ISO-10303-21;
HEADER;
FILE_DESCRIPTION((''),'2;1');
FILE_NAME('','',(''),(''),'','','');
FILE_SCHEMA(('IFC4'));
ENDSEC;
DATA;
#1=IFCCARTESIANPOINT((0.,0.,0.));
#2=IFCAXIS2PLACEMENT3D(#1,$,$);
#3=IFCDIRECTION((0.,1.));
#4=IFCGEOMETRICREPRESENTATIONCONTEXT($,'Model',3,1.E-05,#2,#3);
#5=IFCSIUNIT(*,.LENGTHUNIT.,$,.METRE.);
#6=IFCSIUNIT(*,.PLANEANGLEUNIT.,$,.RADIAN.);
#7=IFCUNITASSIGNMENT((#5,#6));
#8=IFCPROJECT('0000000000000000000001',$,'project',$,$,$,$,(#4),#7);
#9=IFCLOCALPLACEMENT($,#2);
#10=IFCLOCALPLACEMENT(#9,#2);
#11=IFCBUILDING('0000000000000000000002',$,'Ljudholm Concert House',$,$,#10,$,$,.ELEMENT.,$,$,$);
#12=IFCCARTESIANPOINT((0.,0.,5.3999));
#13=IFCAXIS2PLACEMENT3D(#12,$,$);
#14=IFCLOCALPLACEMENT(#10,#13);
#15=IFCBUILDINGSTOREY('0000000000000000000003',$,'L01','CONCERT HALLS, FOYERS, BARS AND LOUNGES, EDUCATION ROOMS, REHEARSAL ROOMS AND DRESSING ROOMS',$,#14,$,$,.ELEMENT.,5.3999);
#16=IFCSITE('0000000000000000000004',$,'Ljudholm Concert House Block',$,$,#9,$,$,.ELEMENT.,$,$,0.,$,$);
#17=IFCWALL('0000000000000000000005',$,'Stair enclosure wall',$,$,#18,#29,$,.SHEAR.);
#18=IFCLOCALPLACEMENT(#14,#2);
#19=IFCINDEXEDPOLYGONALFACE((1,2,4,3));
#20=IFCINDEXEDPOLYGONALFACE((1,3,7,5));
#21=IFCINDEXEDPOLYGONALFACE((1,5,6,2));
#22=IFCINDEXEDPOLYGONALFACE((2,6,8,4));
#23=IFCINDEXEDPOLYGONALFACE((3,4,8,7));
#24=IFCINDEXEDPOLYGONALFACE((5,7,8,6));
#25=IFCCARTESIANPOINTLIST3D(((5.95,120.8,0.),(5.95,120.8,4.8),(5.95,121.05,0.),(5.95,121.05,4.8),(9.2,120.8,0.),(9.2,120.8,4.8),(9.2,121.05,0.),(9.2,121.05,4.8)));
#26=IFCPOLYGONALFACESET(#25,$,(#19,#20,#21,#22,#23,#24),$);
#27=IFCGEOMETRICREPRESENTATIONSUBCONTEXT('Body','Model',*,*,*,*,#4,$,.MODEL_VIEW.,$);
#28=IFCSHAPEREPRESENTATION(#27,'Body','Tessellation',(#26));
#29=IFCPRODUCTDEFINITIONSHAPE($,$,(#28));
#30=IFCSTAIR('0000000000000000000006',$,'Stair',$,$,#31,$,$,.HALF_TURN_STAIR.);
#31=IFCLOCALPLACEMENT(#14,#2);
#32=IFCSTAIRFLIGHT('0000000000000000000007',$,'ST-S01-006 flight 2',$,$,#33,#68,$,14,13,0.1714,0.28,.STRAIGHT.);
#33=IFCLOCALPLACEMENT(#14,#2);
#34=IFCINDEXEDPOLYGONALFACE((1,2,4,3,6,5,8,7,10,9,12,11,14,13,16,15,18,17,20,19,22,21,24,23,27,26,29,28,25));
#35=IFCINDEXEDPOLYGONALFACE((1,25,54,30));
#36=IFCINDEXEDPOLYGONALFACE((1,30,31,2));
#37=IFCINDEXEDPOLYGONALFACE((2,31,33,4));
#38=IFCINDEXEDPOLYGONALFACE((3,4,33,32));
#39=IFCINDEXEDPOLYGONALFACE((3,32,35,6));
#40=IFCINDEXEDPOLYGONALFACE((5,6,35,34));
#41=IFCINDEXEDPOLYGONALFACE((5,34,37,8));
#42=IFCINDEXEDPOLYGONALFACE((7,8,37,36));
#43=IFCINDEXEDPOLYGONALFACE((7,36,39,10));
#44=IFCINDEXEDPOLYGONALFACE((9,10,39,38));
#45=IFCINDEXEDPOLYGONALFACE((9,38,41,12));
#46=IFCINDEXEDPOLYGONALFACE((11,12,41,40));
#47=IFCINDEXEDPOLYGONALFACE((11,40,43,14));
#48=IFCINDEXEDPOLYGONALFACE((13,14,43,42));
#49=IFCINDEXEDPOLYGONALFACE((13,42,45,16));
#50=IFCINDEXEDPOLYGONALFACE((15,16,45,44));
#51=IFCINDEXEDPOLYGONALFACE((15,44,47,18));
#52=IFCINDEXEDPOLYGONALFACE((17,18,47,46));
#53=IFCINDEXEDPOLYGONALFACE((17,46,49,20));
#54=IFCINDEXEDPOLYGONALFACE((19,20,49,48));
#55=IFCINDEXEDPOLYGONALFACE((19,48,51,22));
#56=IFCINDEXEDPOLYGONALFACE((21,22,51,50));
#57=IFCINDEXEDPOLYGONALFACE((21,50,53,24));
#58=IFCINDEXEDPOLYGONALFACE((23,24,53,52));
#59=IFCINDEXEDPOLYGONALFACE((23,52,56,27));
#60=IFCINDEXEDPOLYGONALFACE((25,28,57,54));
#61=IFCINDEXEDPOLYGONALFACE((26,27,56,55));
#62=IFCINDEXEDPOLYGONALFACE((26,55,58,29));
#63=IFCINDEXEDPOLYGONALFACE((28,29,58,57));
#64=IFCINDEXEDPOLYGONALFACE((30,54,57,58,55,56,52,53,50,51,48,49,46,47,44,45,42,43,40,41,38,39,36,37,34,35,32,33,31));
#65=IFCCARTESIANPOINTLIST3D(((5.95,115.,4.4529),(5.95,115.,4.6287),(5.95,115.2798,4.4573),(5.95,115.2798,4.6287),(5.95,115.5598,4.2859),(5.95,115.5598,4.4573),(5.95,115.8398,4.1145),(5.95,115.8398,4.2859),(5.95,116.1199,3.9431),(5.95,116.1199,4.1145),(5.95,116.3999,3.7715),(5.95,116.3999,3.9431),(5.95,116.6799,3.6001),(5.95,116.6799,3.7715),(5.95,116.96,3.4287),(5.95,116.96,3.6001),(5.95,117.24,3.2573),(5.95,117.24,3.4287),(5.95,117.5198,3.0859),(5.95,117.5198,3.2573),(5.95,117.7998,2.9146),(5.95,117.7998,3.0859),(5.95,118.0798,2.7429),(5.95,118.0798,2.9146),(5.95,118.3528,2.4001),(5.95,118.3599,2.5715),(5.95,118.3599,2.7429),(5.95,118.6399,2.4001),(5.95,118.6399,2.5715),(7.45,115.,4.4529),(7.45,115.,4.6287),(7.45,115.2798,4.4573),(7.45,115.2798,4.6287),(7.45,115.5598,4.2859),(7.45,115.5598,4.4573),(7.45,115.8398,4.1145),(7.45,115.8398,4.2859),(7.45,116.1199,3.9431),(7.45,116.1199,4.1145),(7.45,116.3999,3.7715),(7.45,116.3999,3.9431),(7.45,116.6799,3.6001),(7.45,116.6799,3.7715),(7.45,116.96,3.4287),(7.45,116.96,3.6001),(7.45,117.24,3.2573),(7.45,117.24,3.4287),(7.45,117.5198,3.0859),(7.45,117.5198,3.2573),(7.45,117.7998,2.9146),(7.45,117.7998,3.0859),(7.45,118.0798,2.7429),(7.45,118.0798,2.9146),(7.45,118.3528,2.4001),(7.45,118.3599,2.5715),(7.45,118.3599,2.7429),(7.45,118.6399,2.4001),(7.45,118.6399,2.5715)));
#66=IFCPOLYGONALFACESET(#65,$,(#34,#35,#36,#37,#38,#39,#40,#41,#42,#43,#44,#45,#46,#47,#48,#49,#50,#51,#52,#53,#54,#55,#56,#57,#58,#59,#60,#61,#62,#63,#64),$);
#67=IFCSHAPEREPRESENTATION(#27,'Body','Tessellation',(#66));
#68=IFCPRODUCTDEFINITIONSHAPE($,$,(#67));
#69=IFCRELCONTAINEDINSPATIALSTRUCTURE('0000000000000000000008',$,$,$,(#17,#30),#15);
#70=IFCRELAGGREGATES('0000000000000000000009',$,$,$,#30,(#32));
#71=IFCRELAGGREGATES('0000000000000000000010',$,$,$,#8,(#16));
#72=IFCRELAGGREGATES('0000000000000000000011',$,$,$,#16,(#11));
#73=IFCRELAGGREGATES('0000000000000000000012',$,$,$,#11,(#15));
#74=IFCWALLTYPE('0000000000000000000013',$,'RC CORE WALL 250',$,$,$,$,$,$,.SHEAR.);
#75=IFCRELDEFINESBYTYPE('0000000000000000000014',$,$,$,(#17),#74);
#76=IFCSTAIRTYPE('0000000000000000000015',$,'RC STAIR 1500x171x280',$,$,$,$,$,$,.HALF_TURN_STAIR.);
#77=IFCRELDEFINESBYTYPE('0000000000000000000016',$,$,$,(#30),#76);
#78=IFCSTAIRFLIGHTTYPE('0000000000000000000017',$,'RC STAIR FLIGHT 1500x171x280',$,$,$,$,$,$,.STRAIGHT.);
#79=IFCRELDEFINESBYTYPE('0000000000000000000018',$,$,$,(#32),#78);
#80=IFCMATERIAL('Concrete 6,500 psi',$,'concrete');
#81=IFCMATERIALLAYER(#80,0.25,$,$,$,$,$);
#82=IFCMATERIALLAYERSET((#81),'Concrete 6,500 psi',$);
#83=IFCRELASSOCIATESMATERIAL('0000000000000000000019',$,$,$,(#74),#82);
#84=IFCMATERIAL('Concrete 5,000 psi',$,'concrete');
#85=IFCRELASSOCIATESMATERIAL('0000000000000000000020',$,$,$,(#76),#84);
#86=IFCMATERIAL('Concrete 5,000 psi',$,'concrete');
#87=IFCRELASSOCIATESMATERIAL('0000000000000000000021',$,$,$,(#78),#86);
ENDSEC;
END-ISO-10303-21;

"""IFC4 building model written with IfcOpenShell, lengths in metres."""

from ifc_helpers import new_model, si_unit, direction, frame, frame_2d, origin, place, context, subcontext, project, spatial, polyline, rectangle, outline, extrude, material, layer, layer_set, type_object, element, aggregate, save


model = new_model("IFC4")

# Units and contexts
model_context = context("Model", 3, precision=1e-05, world=origin(), true_north=direction((0.0, 1.0)))
body_context = subcontext(model_context, "Body", "Model", "MODEL_VIEW")
ifc_project = project(units=[si_unit("LENGTHUNIT", "METRE"), si_unit("PLANEANGLEUNIT", "RADIAN")], contexts=[model_context])

# Site, building, storey
site_placement = place(None, origin())
site = spatial("IfcSite", under=ifc_project, at=site_placement, Name="Ljudholm Concert House Block", CompositionType="ELEMENT", RefElevation=0.0)
building_placement = place(site_placement, origin())
building = spatial("IfcBuilding", under=site, at=building_placement, Name="Ljudholm Concert House", CompositionType="ELEMENT")
storey_placement = place(building_placement, frame((0.0, 0.0, 5.3999)))
storey = spatial("IfcBuildingStorey", under=building, at=storey_placement, Name="L01", Description="CONCERT HALLS, FOYERS, BARS AND LOUNGES, EDUCATION ROOMS, REHEARSAL ROOMS AND DRESSING ROOMS", CompositionType="ELEMENT", Elevation=5.3999)

# Wall
ifc_material_1 = material(Name="Concrete 6,500 psi", Category="concrete")
ifc_layer_1 = layer(ifc_material_1, 0.25)
ifc_layer_set_1 = layer_set([ifc_layer_1], Name="Concrete 6,500 psi")
wall_type_1 = type_object("IfcWallType", Name="RC CORE WALL 250", PredefinedType="SHEAR", material=ifc_layer_set_1)
wall_1_placement = place(storey_placement, frame((5.95, 120.925, 0.0), z_axis=(0.0, 0.0, 1.0), x_axis=(1.0, 0.0, 0.0)))
element("IfcWall", 1, at=wall_1_placement, inside=storey, type_object=wall_type_1, Name="Stair enclosure wall", PredefinedType="SHEAR", context=body_context, shape_type="SweptSolid", body=[
    extrude(rectangle(XDim=3.25, YDim=0.25, at=frame_2d((1.625, 0.0))), origin(), (0.0, 0.0, 1.0), 4.8),
])

# Stair, stair flight
ifc_material_2 = material(Name="Concrete 5,000 psi", Category="concrete")
stair_type = type_object("IfcStairType", Name="RC STAIR 1500x171x280", PredefinedType="HALF_TURN_STAIR", material=ifc_material_2)
stair_placement = place(storey_placement, origin())
stair = element("IfcStair", 2, at=stair_placement, inside=storey, type_object=stair_type, Name="Stair", PredefinedType="HALF_TURN_STAIR")
ifc_material_3 = material(Name="Concrete 5,000 psi", Category="concrete")
stair_flight_type = type_object("IfcStairFlightType", Name="RC STAIR FLIGHT 1500x171x280", PredefinedType="STRAIGHT", material=ifc_material_3)
stair_flight_placement = place(storey_placement, frame((6.7, 118.6399, 2.4001), z_axis=(0.0, 0.0, 1.0), x_axis=(0.0, -1.0, 0.0)))
stair_flight = element("IfcStairFlight", 3, at=stair_flight_placement, type_object=stair_flight_type, Name="ST-S01-006 flight 2", NumberOfRisers=14, NumberOfTreads=13, PredefinedType="STRAIGHT", RiserHeight=0.1714, TreadLength=0.28, context=body_context, shape_type="SweptSolid", body=[
    extrude(outline(polyline([(0.0, 0.0), (0.0, 0.1714), (0.28, 0.1714), (0.28, 0.3428), (0.5601, 0.3428), (0.5601, 0.5144), (0.8401, 0.5144), (0.8401, 0.6858), (1.1201, 0.6858), (1.1201, 0.8572), (1.3999, 0.8572), (1.3999, 1.0286), (1.6799, 1.0286), (1.6799, 1.2), (1.96, 1.2), (1.96, 1.3713), (2.24, 1.3713), (2.24, 1.543), (2.52, 1.543), (2.52, 1.7144), (2.8, 1.7144), (2.8, 1.8857), (3.0801, 1.8857), (3.0801, 2.0571), (3.3601, 2.0571), (3.3601, 2.2285), (3.6399, 2.2285), (3.6399, 2.3999), (3.6399, 2.0527), (0.2871, 0.0), (0.0, 0.0)])), frame((0.0, 0.75, 0.0), z_axis=(0.0, -1.0, 0.0), x_axis=(1.0, 0.0, 0.0)), (0.0, 0.0, 1.0), 1.5),
])
aggregate(stair, [stair_flight])

save(model, "model.ifc")
